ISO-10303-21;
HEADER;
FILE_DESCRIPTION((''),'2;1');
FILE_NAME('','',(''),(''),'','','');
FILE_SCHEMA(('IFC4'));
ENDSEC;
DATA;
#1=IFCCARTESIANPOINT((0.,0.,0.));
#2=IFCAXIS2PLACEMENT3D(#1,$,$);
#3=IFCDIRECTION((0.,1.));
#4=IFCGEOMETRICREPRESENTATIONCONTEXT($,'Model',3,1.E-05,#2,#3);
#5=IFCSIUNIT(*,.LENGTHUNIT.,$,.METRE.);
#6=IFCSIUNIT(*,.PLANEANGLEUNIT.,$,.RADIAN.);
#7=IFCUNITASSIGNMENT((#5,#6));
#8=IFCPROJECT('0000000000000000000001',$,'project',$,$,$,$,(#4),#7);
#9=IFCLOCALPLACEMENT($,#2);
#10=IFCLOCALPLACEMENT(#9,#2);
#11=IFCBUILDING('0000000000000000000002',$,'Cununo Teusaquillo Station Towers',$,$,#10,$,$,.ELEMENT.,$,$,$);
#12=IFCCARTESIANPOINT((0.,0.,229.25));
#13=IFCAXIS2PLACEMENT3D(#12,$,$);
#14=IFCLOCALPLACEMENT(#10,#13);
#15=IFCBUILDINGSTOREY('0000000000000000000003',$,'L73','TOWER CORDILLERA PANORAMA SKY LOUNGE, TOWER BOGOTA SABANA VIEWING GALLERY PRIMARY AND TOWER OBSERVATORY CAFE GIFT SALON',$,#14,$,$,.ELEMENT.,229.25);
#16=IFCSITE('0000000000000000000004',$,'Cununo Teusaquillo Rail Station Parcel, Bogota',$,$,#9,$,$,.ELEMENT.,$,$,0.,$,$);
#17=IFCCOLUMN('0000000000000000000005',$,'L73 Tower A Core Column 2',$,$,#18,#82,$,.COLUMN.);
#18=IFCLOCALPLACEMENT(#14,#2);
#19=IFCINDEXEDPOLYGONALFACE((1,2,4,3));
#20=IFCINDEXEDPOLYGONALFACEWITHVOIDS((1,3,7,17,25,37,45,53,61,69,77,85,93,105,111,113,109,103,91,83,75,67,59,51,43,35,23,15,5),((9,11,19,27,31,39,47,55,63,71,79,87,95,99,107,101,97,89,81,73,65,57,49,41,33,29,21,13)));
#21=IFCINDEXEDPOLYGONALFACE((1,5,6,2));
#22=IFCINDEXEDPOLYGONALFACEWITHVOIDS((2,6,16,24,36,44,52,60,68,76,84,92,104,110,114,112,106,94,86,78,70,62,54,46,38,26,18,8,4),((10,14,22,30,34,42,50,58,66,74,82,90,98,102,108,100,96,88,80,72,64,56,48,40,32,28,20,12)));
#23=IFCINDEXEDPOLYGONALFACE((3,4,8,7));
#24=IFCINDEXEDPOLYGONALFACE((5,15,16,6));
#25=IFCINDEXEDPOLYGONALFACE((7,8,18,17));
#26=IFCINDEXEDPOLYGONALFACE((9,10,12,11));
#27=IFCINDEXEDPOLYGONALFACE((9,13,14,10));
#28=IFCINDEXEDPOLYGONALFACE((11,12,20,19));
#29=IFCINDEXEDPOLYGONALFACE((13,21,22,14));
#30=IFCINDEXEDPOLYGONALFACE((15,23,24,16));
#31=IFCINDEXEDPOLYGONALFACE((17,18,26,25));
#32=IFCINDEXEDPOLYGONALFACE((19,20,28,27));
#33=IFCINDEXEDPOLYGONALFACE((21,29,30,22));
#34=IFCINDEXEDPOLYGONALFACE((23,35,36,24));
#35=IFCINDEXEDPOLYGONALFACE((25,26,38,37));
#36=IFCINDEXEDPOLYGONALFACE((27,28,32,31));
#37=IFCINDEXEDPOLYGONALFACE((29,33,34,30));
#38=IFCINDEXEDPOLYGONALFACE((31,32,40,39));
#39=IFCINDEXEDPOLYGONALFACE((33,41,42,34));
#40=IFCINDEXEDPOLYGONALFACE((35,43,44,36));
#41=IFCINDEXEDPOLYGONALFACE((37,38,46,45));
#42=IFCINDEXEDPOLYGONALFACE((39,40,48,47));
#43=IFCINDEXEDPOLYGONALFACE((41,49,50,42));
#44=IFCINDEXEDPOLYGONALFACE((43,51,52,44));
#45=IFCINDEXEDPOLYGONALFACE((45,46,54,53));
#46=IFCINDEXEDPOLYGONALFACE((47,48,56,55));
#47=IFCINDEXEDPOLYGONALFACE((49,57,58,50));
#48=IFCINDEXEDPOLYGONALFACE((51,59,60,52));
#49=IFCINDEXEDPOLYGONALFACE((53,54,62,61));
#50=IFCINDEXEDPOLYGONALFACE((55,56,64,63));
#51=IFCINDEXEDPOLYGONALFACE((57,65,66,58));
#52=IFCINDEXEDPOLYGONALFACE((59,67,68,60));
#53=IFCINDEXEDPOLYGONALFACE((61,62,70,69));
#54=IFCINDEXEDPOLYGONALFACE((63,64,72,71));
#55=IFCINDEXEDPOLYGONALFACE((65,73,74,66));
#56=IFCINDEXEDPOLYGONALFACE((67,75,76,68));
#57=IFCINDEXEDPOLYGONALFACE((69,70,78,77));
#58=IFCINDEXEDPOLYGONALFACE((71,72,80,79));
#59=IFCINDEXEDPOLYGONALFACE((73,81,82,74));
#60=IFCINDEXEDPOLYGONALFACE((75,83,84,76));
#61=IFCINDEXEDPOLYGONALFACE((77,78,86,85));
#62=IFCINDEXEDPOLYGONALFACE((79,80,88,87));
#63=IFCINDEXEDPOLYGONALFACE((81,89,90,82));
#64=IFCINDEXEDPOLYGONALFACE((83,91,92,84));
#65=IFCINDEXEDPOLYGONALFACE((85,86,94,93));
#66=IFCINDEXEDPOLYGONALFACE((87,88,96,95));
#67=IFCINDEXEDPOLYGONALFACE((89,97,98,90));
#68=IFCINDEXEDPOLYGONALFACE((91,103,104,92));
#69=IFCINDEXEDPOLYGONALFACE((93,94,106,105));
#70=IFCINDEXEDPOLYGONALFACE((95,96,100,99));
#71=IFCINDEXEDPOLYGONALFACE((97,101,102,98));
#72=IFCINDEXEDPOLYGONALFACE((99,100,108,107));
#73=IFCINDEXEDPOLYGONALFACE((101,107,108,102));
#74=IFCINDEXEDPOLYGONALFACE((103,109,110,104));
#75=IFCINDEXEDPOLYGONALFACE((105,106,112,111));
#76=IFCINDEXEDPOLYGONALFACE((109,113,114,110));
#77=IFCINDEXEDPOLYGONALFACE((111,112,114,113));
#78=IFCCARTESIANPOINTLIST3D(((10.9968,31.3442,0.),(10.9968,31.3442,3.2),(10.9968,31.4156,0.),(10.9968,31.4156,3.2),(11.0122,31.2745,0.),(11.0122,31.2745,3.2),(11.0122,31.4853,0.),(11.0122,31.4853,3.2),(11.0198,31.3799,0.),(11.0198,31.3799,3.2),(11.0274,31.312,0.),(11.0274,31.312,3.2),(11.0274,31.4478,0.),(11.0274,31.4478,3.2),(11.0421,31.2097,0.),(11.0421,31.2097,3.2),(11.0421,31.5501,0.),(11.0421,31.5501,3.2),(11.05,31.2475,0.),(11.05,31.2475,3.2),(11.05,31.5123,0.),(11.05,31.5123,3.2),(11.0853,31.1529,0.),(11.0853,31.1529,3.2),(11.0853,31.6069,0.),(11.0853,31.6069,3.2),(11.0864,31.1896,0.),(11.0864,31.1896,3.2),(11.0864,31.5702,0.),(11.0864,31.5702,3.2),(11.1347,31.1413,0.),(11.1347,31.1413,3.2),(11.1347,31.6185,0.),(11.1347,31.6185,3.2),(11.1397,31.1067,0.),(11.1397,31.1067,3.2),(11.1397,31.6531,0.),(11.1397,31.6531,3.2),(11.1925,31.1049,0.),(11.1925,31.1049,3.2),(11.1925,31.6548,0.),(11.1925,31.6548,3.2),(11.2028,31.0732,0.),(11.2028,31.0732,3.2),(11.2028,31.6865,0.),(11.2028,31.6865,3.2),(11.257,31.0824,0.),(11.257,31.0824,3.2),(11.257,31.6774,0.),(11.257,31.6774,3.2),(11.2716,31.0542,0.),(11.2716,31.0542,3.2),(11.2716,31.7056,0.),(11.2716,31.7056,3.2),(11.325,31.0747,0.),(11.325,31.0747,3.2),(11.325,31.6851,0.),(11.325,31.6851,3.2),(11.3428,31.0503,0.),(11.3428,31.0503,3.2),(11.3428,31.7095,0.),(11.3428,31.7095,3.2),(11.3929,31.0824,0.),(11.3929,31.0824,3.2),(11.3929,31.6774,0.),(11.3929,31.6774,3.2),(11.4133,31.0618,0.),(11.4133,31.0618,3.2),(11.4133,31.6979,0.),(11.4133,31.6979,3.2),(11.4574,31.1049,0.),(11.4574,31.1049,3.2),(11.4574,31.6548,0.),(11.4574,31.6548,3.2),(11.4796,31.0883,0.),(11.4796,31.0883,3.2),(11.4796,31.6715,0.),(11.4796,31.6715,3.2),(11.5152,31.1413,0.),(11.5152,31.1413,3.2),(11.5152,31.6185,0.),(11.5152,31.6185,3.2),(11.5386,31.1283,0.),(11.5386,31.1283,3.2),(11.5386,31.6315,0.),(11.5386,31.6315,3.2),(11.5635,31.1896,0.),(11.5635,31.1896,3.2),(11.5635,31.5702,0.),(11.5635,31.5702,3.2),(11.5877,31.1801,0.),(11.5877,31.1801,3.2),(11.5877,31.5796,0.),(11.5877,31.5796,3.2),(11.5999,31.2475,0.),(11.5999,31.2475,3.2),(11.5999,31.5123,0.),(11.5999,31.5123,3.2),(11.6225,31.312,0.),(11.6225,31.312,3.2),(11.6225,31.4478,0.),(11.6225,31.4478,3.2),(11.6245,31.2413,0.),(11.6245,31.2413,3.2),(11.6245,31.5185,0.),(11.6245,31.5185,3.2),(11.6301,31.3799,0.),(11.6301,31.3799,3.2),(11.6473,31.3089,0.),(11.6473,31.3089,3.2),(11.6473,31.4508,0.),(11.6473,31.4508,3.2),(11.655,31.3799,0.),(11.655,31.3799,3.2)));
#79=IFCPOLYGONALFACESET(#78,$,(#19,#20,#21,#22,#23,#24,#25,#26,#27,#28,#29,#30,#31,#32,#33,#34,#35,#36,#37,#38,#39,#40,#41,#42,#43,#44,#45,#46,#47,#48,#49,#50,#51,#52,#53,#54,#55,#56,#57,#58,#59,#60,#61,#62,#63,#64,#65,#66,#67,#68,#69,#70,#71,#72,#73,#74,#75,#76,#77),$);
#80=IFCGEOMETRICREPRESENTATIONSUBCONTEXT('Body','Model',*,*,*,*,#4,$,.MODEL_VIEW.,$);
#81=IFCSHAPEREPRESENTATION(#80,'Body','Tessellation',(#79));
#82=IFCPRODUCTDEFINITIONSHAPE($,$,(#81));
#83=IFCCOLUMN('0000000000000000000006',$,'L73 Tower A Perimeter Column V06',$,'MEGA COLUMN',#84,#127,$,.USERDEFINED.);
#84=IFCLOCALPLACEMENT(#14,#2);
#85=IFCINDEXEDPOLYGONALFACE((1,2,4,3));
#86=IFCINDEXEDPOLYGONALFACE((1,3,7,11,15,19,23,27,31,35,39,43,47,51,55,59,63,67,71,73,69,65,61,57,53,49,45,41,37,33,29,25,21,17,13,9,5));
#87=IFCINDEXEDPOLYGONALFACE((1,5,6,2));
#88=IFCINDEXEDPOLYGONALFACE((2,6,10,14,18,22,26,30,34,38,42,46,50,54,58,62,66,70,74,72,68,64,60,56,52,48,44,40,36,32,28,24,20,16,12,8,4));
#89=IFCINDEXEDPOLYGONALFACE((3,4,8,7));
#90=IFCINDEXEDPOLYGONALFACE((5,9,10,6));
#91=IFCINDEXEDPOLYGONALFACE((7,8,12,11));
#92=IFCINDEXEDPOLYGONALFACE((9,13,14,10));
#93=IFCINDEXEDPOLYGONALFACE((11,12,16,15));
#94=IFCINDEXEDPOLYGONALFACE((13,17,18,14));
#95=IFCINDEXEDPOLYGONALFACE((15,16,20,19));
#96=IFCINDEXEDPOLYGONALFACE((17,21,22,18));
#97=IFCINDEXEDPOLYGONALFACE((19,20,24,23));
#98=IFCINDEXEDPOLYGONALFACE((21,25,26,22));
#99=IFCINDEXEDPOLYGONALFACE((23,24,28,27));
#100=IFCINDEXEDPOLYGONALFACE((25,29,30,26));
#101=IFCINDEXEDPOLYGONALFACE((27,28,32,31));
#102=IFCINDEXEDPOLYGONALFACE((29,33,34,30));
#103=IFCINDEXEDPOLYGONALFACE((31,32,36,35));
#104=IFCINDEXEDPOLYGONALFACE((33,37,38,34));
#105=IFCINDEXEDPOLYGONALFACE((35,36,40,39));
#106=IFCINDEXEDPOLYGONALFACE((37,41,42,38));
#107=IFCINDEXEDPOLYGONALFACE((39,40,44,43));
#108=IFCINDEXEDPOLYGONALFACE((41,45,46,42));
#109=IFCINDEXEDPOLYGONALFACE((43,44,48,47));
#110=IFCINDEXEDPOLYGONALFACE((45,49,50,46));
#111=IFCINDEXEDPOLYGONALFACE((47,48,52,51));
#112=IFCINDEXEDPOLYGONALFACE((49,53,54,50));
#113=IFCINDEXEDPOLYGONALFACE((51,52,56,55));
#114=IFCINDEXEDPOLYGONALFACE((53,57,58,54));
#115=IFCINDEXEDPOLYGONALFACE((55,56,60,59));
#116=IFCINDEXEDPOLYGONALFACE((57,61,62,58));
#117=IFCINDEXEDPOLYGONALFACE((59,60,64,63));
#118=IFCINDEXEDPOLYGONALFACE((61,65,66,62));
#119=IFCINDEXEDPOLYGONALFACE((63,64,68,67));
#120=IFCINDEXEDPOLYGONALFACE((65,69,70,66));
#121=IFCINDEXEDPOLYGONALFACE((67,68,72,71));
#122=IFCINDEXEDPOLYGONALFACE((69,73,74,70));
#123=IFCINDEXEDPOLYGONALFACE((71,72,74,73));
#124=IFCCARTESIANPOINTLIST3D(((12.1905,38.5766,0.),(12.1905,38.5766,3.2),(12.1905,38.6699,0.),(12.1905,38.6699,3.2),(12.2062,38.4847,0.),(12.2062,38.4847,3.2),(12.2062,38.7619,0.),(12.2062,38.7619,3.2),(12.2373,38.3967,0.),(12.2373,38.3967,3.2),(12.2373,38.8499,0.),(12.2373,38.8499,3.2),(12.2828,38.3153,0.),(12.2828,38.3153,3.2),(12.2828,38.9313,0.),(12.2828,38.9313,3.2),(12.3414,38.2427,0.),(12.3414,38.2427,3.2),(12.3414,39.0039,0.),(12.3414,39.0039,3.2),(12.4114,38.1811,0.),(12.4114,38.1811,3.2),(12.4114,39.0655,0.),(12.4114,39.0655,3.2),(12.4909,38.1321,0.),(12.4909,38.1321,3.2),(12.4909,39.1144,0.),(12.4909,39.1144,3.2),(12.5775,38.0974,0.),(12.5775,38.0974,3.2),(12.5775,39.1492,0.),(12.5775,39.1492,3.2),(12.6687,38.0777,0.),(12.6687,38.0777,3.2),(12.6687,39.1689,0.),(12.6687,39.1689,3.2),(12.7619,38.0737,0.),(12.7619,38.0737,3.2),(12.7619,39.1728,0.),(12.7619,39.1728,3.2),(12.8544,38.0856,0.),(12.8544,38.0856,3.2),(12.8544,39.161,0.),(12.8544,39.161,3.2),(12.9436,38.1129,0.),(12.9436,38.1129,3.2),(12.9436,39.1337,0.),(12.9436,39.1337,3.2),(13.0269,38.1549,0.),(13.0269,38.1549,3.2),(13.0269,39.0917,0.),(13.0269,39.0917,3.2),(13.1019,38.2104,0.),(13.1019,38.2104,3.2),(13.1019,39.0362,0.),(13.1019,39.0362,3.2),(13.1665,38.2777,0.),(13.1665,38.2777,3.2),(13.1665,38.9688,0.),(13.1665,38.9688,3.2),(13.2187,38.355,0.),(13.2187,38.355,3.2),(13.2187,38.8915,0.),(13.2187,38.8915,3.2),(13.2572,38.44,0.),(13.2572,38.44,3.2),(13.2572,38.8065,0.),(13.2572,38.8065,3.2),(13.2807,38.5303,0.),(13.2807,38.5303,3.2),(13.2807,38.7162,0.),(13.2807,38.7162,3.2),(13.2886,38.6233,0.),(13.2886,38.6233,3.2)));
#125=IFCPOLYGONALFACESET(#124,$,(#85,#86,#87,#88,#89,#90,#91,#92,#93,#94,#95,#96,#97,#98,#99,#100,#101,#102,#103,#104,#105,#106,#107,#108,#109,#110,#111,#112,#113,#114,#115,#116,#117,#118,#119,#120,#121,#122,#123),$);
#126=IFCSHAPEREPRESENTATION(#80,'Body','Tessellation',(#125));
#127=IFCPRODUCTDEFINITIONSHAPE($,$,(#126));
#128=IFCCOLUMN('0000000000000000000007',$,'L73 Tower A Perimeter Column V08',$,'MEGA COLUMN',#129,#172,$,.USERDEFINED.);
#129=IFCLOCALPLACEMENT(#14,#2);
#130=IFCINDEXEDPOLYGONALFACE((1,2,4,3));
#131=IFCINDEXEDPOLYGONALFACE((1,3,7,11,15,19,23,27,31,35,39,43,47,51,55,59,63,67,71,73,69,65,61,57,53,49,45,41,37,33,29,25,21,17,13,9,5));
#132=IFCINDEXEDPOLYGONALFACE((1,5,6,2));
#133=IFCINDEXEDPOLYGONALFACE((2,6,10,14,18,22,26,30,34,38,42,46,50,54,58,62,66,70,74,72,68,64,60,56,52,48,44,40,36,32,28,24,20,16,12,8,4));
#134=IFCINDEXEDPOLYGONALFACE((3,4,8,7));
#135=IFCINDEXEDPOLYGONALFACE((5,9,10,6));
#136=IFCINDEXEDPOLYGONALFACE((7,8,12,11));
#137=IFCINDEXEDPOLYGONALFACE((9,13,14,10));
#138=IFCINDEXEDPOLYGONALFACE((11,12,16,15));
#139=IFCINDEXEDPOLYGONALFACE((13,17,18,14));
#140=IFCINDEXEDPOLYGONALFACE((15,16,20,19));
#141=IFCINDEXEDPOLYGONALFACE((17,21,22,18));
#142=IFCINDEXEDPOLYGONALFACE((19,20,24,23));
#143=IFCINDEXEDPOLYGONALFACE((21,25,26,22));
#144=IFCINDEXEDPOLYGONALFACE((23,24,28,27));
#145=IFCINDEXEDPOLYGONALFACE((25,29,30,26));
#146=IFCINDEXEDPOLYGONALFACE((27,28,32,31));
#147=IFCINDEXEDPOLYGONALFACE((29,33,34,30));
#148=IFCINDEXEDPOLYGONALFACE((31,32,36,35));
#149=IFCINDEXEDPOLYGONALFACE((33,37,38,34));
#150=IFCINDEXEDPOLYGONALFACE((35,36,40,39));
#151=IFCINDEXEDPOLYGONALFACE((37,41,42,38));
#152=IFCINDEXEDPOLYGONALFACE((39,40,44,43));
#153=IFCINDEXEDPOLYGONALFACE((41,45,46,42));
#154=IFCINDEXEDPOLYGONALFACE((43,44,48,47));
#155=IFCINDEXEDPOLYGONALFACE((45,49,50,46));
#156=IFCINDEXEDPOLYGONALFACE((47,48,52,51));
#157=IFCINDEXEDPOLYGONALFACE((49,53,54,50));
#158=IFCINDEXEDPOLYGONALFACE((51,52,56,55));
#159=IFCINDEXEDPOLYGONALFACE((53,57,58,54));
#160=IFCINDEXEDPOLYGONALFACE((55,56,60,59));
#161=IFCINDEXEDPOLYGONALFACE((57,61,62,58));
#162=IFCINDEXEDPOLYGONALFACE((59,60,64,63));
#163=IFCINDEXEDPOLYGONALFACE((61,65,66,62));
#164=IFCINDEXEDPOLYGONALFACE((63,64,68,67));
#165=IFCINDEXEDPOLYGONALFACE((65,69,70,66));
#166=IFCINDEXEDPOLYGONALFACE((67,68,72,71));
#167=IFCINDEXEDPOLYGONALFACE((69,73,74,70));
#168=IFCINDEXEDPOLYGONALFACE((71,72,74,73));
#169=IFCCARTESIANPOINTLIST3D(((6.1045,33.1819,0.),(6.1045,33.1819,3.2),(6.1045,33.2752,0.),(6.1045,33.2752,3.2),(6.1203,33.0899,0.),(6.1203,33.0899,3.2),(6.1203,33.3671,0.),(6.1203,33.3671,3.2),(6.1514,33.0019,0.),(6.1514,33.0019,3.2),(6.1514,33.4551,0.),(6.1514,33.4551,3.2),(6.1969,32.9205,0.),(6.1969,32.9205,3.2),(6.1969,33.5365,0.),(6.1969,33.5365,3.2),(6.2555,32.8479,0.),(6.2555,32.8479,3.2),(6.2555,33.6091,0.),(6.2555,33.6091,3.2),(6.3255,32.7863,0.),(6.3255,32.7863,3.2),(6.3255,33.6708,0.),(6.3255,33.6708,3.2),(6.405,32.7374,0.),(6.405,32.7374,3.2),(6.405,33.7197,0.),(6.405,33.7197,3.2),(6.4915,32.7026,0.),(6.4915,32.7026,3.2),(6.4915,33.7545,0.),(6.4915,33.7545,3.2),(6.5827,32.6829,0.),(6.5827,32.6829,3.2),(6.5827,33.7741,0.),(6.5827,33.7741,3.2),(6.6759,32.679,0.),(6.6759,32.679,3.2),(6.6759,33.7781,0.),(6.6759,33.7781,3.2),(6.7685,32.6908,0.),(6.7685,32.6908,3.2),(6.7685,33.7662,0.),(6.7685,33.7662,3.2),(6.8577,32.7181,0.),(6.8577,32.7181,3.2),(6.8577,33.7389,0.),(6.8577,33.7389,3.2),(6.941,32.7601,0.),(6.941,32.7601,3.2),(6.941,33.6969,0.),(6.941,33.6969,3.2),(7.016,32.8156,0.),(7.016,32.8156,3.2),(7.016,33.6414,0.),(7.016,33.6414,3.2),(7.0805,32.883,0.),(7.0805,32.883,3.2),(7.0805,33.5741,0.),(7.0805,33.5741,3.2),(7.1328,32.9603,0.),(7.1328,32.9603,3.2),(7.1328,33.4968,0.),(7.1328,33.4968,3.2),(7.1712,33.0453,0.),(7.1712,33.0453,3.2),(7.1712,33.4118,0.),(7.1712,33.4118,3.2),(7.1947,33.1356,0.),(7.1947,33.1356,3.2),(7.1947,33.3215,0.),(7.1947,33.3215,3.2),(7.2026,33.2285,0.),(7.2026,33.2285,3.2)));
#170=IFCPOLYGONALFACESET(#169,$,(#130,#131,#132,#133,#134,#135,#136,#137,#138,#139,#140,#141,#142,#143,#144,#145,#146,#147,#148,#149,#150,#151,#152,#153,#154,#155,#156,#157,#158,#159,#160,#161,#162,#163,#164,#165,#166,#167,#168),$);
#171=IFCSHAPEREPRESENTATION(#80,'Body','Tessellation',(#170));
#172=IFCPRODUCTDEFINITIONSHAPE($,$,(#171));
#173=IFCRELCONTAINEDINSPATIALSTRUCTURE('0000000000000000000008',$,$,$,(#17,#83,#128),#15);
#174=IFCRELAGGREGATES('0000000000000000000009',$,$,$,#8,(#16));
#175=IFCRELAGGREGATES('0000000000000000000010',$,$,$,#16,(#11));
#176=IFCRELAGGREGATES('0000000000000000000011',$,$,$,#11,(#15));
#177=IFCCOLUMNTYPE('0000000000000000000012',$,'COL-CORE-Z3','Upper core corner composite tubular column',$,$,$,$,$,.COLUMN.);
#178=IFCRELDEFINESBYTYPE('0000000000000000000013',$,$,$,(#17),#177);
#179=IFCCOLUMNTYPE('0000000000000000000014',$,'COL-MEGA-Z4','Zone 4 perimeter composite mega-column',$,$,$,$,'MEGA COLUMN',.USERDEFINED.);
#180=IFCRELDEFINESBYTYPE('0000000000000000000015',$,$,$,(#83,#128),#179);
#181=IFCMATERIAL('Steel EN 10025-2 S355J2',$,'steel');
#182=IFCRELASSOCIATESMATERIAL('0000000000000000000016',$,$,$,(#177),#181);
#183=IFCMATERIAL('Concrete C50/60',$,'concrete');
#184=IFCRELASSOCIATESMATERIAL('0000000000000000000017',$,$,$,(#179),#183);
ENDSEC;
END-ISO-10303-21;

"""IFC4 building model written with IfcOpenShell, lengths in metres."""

from ifc_helpers import new_model, si_unit, direction, frame, origin, origin_2d, place, context, subcontext, project, spatial, circle, hollow_circle, extrude, material, material_profile, profile_set, type_object, element, save


model = new_model("IFC4")

# Units and contexts
model_context = context("Model", 3, precision=1e-05, world=origin(), true_north=direction((0.0, 1.0)))
body_context = subcontext(model_context, "Body", "Model", "MODEL_VIEW")
ifc_project = project(units=[si_unit("LENGTHUNIT", "METRE"), si_unit("PLANEANGLEUNIT", "RADIAN")], contexts=[model_context])

# Site, building, storey
site_placement = place(None, origin())
site = spatial("IfcSite", under=ifc_project, at=site_placement, Name="Cununo Teusaquillo Rail Station Parcel, Bogota", CompositionType="ELEMENT", RefElevation=0.0)
building_placement = place(site_placement, origin())
building = spatial("IfcBuilding", under=site, at=building_placement, Name="Cununo Teusaquillo Station Towers", CompositionType="ELEMENT")
storey_placement = place(building_placement, frame((0.0, 0.0, 229.25)))
storey = spatial("IfcBuildingStorey", under=building, at=storey_placement, Name="L73", Description="TOWER CORDILLERA PANORAMA SKY LOUNGE, TOWER BOGOTA SABANA VIEWING GALLERY PRIMARY AND TOWER OBSERVATORY CAFE GIFT SALON", CompositionType="ELEMENT", Elevation=229.25)

# Columns
ifc_material_1 = material(Name="Steel EN 10025-2 S355J2", Category="steel")
ifc_material_profile_1 = material_profile(ifc_material_1, hollow_circle(Radius=0.3301, WallThickness=0.0249, at=origin_2d()), Name="CHS 660x25")
ifc_profile_set_1 = profile_set([ifc_material_profile_1], Name="Steel EN 10025-2 S355J2")
column_type_1 = type_object("IfcColumnType", Name="COL-CORE-Z3", Description="Upper core corner composite tubular column", PredefinedType="COLUMN", material=ifc_profile_set_1)
column_placement = place(storey_placement, frame((11.325, 31.3799, 0.0), z_axis=(0.0, 0.0, 1.0), x_axis=(1.0, 0.0, 0.0)))
element("IfcColumn", 1, at=column_placement, inside=storey, type_object=column_type_1, Name="L73 Tower A Core Column 2", PredefinedType="COLUMN", context=body_context, shape_type="SweptSolid", body=[
    extrude(hollow_circle(Radius=0.3301, WallThickness=0.0249, at=origin_2d()), origin(), (0.0, 0.0, 1.0), 3.2),
])
ifc_material_2 = material(Name="Concrete C50/60", Category="concrete")
ifc_material_profile_2 = material_profile(ifc_material_2, circle(Radius=0.55, at=origin_2d()), Name="RC-CIRC-1100")
ifc_profile_set_2 = profile_set([ifc_material_profile_2], Name="Concrete C50/60")
column_type_2 = type_object("IfcColumnType", Name="COL-MEGA-Z4", Description="Zone 4 perimeter composite mega-column", ElementType="MEGA COLUMN", PredefinedType="USERDEFINED", material=ifc_profile_set_2)
for number, where, z_axis, x_axis, name in (
    (2, (12.7385, 38.6233, 0.0), (0.0, 0.0, 1.0), (1.0, 0.0, 0.0), "L73 Tower A Perimeter Column V06"),
    (3, (6.6526, 33.2285, 0.0), (0.0, 0.0, 1.0), (1.0, 0.0, 0.0), "L73 Tower A Perimeter Column V08"),
):
    element("IfcColumn", number, at=place(storey_placement, frame(where, z_axis=z_axis, x_axis=x_axis)), inside=storey, type_object=column_type_2, Name=name, ObjectType="MEGA COLUMN", PredefinedType="USERDEFINED", context=body_context, shape_type="SweptSolid", body=[
        extrude(circle(Radius=0.55, at=origin_2d()), origin(), (0.0, 0.0, 1.0), 3.2),
    ])

save(model, "model.ifc")
